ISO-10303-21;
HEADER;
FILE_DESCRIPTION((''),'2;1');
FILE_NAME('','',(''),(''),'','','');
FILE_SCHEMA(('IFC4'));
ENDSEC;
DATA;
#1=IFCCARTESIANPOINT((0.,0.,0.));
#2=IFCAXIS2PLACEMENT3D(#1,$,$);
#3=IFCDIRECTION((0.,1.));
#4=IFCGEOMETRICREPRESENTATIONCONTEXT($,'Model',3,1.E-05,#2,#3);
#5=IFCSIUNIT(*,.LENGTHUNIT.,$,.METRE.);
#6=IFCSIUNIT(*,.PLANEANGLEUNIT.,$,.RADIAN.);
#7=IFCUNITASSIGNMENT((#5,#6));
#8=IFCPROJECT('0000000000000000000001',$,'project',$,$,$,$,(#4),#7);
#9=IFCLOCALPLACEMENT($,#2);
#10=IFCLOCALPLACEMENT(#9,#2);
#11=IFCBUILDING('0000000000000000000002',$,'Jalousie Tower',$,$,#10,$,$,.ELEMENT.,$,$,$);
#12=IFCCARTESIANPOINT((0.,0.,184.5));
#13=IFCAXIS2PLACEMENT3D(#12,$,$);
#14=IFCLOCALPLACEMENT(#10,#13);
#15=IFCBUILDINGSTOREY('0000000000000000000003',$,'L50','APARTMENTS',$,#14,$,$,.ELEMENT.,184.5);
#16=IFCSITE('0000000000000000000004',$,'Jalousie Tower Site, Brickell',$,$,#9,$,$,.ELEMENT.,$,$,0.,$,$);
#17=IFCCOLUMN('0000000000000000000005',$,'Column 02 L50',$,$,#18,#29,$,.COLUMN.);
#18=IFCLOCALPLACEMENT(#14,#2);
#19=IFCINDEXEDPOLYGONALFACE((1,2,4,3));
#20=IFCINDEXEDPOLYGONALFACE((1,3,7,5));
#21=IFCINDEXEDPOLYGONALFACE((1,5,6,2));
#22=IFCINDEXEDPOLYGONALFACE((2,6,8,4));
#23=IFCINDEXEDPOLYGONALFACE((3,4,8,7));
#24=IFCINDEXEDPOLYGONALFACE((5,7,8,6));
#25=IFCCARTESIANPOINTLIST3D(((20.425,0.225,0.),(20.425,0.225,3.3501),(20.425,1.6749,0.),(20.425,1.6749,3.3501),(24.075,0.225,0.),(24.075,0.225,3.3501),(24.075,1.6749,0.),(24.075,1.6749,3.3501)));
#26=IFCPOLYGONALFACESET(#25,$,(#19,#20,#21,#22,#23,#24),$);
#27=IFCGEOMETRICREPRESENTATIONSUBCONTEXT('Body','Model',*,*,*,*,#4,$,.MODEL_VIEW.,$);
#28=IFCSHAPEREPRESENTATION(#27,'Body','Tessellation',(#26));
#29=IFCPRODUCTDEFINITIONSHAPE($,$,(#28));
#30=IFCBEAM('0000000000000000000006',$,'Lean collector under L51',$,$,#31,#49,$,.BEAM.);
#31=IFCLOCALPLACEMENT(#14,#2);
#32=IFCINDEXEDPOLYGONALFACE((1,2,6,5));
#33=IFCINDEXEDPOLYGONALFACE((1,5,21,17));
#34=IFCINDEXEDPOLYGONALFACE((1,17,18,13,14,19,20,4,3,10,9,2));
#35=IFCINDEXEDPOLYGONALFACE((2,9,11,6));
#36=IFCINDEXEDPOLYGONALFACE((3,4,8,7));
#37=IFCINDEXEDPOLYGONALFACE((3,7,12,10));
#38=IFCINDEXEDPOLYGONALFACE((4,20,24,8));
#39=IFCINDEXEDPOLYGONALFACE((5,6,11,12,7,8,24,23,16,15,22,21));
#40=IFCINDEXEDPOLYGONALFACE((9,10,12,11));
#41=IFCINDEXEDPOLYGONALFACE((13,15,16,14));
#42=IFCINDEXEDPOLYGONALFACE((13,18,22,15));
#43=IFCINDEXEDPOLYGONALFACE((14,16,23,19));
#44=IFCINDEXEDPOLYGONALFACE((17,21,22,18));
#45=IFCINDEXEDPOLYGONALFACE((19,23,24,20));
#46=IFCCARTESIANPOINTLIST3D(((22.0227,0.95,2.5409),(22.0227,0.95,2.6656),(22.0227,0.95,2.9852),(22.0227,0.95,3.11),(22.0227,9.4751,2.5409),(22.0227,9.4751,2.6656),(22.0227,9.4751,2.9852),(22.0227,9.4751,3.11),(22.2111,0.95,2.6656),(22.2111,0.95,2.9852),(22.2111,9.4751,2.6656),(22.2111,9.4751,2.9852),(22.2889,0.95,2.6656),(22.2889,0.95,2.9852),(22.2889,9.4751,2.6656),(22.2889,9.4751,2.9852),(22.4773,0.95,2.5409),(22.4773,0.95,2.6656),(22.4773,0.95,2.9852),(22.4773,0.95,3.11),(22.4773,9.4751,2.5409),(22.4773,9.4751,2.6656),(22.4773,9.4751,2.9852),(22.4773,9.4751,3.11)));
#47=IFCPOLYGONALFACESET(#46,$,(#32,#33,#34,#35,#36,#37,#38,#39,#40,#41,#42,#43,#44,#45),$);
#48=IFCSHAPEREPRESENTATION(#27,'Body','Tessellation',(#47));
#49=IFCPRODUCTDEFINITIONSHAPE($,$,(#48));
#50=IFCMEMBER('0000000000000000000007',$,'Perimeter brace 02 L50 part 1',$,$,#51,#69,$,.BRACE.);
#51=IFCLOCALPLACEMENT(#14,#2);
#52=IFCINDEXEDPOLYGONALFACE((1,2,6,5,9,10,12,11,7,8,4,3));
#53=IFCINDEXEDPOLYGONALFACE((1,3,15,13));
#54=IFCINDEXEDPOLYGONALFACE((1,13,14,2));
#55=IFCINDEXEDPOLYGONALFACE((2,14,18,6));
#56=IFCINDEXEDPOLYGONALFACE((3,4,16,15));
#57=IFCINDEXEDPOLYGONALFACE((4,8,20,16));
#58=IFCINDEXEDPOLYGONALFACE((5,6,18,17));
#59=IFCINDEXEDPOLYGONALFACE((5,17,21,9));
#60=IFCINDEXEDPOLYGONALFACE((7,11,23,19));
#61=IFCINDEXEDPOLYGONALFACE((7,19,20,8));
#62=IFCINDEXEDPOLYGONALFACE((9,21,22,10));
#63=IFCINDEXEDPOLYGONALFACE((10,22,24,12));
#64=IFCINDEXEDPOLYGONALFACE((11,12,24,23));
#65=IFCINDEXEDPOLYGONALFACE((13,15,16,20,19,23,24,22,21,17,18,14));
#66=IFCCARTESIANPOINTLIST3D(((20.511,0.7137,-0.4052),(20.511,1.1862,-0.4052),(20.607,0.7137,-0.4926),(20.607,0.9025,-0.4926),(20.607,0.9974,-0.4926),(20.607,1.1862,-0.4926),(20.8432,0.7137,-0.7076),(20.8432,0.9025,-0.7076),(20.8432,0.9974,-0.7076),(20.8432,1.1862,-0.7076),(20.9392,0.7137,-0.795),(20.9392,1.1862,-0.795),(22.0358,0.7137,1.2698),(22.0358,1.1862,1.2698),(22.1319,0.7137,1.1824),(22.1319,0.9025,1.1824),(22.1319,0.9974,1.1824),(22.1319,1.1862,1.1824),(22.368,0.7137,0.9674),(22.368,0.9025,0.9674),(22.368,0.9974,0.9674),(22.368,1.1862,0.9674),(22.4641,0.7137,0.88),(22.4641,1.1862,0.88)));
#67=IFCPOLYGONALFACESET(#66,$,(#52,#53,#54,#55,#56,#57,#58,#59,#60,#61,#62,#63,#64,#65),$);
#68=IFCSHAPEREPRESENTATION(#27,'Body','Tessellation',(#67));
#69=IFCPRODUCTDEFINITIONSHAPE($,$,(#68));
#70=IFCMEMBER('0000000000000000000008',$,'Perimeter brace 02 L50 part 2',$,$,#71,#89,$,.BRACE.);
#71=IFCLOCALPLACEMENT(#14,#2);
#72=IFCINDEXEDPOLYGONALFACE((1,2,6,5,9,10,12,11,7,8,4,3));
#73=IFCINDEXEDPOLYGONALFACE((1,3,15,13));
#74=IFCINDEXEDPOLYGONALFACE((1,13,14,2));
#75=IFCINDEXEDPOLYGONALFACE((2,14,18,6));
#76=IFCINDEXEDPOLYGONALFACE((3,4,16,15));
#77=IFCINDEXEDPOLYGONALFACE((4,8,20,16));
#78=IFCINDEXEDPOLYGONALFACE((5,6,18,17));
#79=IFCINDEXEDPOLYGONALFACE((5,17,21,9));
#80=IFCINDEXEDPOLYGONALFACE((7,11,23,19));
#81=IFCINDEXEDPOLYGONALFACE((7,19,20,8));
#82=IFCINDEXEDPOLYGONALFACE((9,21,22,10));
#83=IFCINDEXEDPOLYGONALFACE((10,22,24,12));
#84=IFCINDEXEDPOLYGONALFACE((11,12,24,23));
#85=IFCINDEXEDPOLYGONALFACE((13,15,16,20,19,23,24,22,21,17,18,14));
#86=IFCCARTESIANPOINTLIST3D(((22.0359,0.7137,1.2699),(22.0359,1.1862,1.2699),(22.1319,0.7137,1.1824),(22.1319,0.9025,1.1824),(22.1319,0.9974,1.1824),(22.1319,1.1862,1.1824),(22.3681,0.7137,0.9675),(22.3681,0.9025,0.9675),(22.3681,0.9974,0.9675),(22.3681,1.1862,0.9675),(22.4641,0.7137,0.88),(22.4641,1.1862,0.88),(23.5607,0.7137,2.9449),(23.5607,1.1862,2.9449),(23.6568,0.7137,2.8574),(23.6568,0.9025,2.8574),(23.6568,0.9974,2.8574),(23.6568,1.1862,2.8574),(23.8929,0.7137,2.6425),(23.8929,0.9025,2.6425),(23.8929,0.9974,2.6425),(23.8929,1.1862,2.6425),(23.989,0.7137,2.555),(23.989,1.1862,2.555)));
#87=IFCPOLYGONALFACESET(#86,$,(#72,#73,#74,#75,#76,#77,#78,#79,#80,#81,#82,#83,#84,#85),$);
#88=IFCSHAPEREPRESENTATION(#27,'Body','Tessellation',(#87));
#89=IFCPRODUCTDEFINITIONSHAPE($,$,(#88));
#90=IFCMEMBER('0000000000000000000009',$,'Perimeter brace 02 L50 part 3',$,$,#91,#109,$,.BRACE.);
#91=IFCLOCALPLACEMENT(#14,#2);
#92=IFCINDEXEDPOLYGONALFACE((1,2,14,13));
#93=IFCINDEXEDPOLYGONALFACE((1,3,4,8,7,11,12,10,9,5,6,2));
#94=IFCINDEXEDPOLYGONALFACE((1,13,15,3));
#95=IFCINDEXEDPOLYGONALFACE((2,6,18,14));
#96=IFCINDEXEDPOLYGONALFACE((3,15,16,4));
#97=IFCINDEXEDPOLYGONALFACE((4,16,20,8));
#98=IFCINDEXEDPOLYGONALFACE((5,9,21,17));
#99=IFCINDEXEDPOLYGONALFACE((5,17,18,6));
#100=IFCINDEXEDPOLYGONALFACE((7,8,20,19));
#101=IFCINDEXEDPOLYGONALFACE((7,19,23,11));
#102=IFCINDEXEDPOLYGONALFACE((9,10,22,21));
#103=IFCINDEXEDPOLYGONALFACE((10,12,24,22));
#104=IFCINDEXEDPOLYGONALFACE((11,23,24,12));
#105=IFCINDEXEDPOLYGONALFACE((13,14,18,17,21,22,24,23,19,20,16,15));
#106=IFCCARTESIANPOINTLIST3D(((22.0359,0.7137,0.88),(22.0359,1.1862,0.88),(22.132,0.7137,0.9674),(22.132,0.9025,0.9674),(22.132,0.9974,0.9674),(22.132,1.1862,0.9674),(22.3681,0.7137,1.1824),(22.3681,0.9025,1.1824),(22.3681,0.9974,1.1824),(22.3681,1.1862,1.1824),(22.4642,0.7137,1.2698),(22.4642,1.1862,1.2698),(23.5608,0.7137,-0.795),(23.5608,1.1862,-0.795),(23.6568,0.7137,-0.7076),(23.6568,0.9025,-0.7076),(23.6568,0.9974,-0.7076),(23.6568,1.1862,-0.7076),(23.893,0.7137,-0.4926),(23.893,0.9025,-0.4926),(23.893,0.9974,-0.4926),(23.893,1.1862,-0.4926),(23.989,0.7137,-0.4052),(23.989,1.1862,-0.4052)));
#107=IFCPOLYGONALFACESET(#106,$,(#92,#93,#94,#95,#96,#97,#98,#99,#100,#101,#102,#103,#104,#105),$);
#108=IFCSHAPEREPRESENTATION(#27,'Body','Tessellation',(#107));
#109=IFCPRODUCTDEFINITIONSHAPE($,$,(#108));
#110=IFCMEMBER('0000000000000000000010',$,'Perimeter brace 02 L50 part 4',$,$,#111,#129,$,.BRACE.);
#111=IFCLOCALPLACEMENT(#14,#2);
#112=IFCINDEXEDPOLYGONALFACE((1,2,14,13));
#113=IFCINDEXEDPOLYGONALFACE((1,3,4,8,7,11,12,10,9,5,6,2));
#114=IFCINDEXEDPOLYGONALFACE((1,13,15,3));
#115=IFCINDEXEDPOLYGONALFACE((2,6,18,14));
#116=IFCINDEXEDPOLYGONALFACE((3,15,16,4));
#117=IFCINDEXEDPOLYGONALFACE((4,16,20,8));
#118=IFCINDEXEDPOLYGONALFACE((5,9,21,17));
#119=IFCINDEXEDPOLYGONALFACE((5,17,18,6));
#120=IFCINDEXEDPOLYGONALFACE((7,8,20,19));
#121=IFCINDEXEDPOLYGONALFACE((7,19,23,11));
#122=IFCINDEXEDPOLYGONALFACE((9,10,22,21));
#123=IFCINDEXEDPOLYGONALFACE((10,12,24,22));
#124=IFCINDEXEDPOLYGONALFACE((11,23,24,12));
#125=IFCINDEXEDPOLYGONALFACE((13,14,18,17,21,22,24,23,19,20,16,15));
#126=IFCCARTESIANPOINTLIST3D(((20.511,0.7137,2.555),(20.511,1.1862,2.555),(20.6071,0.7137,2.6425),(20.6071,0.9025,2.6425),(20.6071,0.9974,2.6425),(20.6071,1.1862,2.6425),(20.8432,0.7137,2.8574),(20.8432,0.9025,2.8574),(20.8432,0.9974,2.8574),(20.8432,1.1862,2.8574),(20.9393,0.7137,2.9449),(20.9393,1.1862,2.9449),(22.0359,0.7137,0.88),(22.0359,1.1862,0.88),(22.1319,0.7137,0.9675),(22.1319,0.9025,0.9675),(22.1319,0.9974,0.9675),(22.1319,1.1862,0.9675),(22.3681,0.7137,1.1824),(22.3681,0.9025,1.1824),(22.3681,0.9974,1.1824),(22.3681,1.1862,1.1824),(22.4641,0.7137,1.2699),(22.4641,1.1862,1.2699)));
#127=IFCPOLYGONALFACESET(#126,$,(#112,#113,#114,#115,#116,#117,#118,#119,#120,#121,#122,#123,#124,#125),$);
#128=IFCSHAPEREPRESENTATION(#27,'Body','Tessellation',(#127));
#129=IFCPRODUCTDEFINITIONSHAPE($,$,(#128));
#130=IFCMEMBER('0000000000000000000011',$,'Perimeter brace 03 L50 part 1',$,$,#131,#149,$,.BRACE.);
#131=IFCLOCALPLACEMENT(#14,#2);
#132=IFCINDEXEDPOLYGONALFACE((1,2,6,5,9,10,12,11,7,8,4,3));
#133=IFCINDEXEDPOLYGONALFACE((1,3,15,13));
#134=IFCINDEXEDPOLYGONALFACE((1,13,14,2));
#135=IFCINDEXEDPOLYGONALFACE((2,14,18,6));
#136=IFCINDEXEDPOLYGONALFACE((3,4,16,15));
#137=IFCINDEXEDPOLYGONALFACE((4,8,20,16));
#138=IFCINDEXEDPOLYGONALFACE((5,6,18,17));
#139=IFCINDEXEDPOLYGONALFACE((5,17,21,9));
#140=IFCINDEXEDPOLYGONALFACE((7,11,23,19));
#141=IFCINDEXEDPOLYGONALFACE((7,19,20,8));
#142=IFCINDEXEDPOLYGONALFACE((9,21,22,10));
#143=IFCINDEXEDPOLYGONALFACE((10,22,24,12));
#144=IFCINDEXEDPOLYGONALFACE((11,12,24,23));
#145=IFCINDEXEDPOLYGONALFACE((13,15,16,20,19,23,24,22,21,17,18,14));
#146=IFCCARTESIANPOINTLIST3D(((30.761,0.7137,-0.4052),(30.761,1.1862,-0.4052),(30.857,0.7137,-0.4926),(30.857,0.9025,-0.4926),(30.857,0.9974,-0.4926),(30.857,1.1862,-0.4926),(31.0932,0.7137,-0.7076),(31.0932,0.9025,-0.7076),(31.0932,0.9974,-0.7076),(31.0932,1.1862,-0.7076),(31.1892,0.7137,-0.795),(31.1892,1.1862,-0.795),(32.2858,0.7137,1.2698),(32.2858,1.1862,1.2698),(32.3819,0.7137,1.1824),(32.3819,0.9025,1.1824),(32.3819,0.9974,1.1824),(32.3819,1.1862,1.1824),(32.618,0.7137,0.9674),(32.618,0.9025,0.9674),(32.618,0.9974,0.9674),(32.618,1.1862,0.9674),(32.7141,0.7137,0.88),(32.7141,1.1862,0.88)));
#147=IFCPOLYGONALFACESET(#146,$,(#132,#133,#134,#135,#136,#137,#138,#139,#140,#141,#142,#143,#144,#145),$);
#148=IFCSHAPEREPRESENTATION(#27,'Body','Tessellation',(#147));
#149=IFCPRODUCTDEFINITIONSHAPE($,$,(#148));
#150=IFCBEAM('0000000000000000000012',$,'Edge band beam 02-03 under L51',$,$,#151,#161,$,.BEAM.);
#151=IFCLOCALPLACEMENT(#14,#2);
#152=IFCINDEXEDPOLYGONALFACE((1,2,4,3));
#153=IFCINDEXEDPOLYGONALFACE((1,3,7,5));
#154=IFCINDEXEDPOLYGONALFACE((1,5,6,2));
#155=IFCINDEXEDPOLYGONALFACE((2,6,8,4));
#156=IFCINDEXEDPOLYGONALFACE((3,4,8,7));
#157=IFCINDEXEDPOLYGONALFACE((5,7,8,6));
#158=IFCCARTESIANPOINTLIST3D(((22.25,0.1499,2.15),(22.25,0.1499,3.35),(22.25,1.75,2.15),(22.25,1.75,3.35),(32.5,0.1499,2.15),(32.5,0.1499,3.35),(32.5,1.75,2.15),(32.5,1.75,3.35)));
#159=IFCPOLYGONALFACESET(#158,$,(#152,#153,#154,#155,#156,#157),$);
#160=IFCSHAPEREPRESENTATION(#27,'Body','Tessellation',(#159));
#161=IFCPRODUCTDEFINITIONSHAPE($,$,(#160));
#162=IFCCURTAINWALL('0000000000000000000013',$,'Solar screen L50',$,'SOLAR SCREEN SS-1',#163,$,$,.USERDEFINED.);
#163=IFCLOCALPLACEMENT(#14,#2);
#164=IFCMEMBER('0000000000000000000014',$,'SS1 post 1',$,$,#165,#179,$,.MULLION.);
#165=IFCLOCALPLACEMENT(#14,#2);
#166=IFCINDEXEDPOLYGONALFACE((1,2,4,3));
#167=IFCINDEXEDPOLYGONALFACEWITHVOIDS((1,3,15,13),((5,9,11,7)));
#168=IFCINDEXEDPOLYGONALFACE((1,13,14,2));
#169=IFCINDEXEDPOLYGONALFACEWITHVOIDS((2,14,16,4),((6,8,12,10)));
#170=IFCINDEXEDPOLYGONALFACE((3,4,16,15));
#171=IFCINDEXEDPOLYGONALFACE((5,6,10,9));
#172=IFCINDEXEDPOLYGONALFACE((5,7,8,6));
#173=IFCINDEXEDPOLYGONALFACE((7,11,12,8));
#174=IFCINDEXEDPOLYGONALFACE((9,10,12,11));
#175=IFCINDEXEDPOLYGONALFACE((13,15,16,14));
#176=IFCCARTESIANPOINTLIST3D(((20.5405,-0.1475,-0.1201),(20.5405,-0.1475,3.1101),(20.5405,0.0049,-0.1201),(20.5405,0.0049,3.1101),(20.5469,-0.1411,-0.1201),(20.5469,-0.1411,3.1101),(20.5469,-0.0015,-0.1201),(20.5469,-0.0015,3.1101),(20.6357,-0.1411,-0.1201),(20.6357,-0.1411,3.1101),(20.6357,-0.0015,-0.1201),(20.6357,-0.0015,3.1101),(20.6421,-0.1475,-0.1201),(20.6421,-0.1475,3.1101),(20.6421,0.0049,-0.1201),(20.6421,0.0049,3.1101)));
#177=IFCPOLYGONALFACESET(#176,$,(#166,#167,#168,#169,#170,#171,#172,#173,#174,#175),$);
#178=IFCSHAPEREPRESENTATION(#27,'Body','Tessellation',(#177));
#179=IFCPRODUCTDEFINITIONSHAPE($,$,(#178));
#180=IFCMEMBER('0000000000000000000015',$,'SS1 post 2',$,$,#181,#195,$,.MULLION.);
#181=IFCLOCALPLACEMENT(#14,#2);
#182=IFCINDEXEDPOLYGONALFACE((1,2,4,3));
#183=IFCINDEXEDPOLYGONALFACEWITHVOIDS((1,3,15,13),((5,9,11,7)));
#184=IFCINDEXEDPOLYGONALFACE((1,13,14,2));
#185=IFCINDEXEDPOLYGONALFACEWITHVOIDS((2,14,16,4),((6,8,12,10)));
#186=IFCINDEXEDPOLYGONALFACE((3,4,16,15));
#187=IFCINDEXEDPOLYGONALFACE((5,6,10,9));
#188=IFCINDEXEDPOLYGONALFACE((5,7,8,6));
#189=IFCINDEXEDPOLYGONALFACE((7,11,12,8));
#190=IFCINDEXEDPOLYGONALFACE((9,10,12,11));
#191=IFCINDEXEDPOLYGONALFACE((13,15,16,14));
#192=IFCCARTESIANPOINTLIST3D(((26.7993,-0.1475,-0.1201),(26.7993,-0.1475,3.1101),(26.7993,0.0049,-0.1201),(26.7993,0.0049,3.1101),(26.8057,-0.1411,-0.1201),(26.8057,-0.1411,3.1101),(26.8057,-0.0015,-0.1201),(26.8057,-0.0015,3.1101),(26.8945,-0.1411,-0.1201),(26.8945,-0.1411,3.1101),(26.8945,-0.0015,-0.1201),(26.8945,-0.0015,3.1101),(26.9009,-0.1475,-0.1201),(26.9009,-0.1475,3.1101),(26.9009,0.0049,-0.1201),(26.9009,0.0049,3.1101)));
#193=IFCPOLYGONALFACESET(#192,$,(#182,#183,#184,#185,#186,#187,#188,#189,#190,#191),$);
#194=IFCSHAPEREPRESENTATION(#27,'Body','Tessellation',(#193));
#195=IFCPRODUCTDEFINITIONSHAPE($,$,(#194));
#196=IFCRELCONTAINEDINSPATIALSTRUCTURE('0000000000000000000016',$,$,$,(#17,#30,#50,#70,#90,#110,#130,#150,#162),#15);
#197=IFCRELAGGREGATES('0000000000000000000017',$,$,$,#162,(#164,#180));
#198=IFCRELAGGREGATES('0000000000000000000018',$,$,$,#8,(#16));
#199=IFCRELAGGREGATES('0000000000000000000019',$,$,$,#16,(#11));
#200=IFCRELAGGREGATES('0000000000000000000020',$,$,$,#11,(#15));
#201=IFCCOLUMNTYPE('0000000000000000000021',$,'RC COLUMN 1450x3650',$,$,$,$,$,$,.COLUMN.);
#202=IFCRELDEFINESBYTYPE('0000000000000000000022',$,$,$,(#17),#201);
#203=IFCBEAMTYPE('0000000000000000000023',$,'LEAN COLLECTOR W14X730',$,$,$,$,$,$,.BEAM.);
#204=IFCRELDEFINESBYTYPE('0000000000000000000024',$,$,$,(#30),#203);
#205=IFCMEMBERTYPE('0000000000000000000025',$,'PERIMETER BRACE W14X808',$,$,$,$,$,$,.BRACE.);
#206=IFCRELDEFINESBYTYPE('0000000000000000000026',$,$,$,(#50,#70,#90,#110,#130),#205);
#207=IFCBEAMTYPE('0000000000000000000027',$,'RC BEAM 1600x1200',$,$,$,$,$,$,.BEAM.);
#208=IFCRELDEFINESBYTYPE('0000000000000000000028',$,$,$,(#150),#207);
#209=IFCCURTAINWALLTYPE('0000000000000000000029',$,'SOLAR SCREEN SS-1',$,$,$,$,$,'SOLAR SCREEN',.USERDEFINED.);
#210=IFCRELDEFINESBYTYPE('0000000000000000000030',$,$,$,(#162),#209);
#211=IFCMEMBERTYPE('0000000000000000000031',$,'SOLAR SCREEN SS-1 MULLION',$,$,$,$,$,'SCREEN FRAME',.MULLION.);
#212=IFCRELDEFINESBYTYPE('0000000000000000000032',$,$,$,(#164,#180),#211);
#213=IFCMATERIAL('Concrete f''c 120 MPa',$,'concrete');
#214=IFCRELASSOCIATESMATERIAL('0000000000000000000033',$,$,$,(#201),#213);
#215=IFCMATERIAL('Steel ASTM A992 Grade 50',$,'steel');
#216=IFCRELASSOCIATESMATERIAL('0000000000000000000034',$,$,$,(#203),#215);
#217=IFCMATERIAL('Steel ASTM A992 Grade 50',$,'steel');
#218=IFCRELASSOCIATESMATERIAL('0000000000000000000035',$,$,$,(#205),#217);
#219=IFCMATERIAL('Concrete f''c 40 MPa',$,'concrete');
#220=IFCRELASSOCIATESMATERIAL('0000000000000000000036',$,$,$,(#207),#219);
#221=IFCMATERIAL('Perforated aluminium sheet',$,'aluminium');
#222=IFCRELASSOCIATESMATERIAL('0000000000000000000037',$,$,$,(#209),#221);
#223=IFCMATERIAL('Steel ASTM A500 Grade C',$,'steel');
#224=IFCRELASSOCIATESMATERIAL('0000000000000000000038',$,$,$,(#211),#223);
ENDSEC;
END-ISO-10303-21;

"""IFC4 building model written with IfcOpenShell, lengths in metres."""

from ifc_helpers import new_model, si_unit, direction, frame, origin, origin_2d, place, context, subcontext, project, spatial, rectangle, hollow_rectangle, i_section, extrude, material, material_profile, profile_set, type_object, element, aggregate, save


model = new_model("IFC4")

# Units and contexts
model_context = context("Model", 3, precision=1e-05, world=origin(), true_north=direction((0.0, 1.0)))
body_context = subcontext(model_context, "Body", "Model", "MODEL_VIEW")
ifc_project = project(units=[si_unit("LENGTHUNIT", "METRE"), si_unit("PLANEANGLEUNIT", "RADIAN")], contexts=[model_context])

# Site, building, storey
site_placement = place(None, origin())
site = spatial("IfcSite", under=ifc_project, at=site_placement, Name="Jalousie Tower Site, Brickell", CompositionType="ELEMENT", RefElevation=0.0)
building_placement = place(site_placement, origin())
building = spatial("IfcBuilding", under=site, at=building_placement, Name="Jalousie Tower", CompositionType="ELEMENT")
storey_placement = place(building_placement, frame((0.0, 0.0, 184.5)))
storey = spatial("IfcBuildingStorey", under=building, at=storey_placement, Name="L50", Description="APARTMENTS", CompositionType="ELEMENT", Elevation=184.5)

# Column
ifc_material_1 = material(Name="Concrete f'c 120 MPa", Category="concrete")
ifc_material_profile_1 = material_profile(ifc_material_1, rectangle(XDim=1.45, YDim=3.6499, at=origin_2d()), Name="RC 1450x3650")
ifc_profile_set_1 = profile_set([ifc_material_profile_1], Name="Concrete f'c 120 MPa")
column_type = type_object("IfcColumnType", Name="RC COLUMN 1450x3650", PredefinedType="COLUMN", material=ifc_profile_set_1)
column_placement = place(storey_placement, frame((22.25, 0.95, 0.0), z_axis=(0.0, 0.0, 1.0), x_axis=(0.0, 1.0, 0.0)))
element("IfcColumn", 1, at=column_placement, inside=storey, type_object=column_type, Name="Column 02 L50", PredefinedType="COLUMN", context=body_context, shape_type="SweptSolid", body=[
    extrude(rectangle(XDim=1.45, YDim=3.6499, at=origin_2d()), origin(), (0.0, 0.0, 1.0), 3.3501),
])

# Beam
ifc_material_2 = material(Name="Steel ASTM A992 Grade 50", Category="steel")
ifc_material_profile_2 = material_profile(ifc_material_2, i_section(OverallWidth=0.4546, OverallDepth=0.5691, WebThickness=0.0779, FlangeThickness=0.1248, at=origin_2d()), Name="W14X730")
ifc_profile_set_2 = profile_set([ifc_material_profile_2], Name="Steel ASTM A992 Grade 50")
beam_type_1 = type_object("IfcBeamType", Name="LEAN COLLECTOR W14X730", PredefinedType="BEAM", material=ifc_profile_set_2)
beam_1_placement = place(storey_placement, frame((22.25, 0.95, 2.8254), z_axis=(0.0, 1.0, 0.0), x_axis=(-1.0, 0.0, 0.0)))
element("IfcBeam", 2, at=beam_1_placement, inside=storey, type_object=beam_type_1, Name="Lean collector under L51", PredefinedType="BEAM", context=body_context, shape_type="SweptSolid", body=[
    extrude(i_section(OverallWidth=0.4546, OverallDepth=0.5691, WebThickness=0.0779, FlangeThickness=0.1248, at=origin_2d()), origin(), (0.0, 0.0, 1.0), 8.5251),
])

# Members
ifc_material_3 = material(Name="Steel ASTM A992 Grade 50", Category="steel")
ifc_material_profile_3 = material_profile(ifc_material_3, i_section(OverallWidth=0.4724, OverallDepth=0.5791, WebThickness=0.095, FlangeThickness=0.1299, at=origin_2d()), Name="W14X808")
ifc_profile_set_3 = profile_set([ifc_material_profile_3], Name="Steel ASTM A992 Grade 50")
member_type_1 = type_object("IfcMemberType", Name="PERIMETER BRACE W14X808", PredefinedType="BRACE", material=ifc_profile_set_3)
for number, where, z_axis, x_axis, name in (
    (3, (20.7251, 0.95, -0.6001), (0.673188, 0.0, 0.739472), (0.0, 1.0, 0.0), "Perimeter brace 02 L50 part 1"),
    (4, (22.25, 0.95, 1.075), (0.673188, 0.0, 0.739472), (0.0, 1.0, 0.0), "Perimeter brace 02 L50 part 2"),
    (5, (23.7749, 0.95, -0.6001), (-0.673188, 0.0, 0.739472), (0.0, -1.0, 0.0), "Perimeter brace 02 L50 part 3"),
    (6, (22.25, 0.95, 1.075), (-0.673188, 0.0, 0.739472), (0.0, -1.0, 0.0), "Perimeter brace 02 L50 part 4"),
    (7, (30.9751, 0.95, -0.6001), (0.673188, 0.0, 0.739472), (0.0, 1.0, 0.0), "Perimeter brace 03 L50 part 1"),
):
    element("IfcMember", number, at=place(storey_placement, frame(where, z_axis=z_axis, x_axis=x_axis)), inside=storey, type_object=member_type_1, Name=name, PredefinedType="BRACE", context=body_context, shape_type="SweptSolid", body=[
        extrude(i_section(OverallWidth=0.4724, OverallDepth=0.5791, WebThickness=0.095, FlangeThickness=0.1299, at=origin_2d()), origin(), (0.0, 0.0, 1.0), 2.2651),
    ])

# Beam
ifc_material_4 = material(Name="Concrete f'c 40 MPa", Category="concrete")
ifc_material_profile_4 = material_profile(ifc_material_4, rectangle(XDim=1.6001, YDim=1.2, at=origin_2d()), Name="RC 1600x1200")
ifc_profile_set_4 = profile_set([ifc_material_profile_4], Name="Concrete f'c 40 MPa")
beam_type_2 = type_object("IfcBeamType", Name="RC BEAM 1600x1200", PredefinedType="BEAM", material=ifc_profile_set_4)
beam_2_placement = place(storey_placement, frame((22.25, 0.95, 2.75), z_axis=(1.0, 0.0, 0.0), x_axis=(0.0, 1.0, 0.0)))
element("IfcBeam", 8, at=beam_2_placement, inside=storey, type_object=beam_type_2, Name="Edge band beam 02-03 under L51", PredefinedType="BEAM", context=body_context, shape_type="SweptSolid", body=[
    extrude(rectangle(XDim=1.6001, YDim=1.2, at=origin_2d()), origin(), (0.0, 0.0, 1.0), 10.25),
])

# Curtain wall, members
ifc_material_5 = material(Name="Perforated aluminium sheet", Category="aluminium")
curtain_wall_type = type_object("IfcCurtainWallType", Name="SOLAR SCREEN SS-1", ElementType="SOLAR SCREEN", PredefinedType="USERDEFINED", material=ifc_material_5)
curtain_wall_placement = place(storey_placement, origin())
curtain_wall = element("IfcCurtainWall", 9, at=curtain_wall_placement, inside=storey, type_object=curtain_wall_type, Name="Solar screen L50", ObjectType="SOLAR SCREEN SS-1", PredefinedType="USERDEFINED")
ifc_material_6 = material(Name="Steel ASTM A500 Grade C", Category="steel")
ifc_material_profile_5 = material_profile(ifc_material_6, hollow_rectangle(XDim=0.1016, YDim=0.1523, WallThickness=0.0063, at=origin_2d()), Name="HSS6X4X1/4")
ifc_profile_set_5 = profile_set([ifc_material_profile_5], Name="Steel ASTM A500 Grade C")
member_type_2 = type_object("IfcMemberType", Name="SOLAR SCREEN SS-1 MULLION", ElementType="SCREEN FRAME", PredefinedType="MULLION", material=ifc_profile_set_5)
member_1_placement = place(storey_placement, frame((20.5913, -0.0713, -0.1201), z_axis=(0.0, 0.0, 1.0), x_axis=(1.0, 0.0, 0.0)))
member_1 = element("IfcMember", 10, at=member_1_placement, type_object=member_type_2, Name="SS1 post 1", PredefinedType="MULLION", context=body_context, shape_type="SweptSolid", body=[
    extrude(hollow_rectangle(XDim=0.1016, YDim=0.1523, WallThickness=0.0063, at=origin_2d()), origin(), (0.0, 0.0, 1.0), 3.2302),
])
member_2_placement = place(storey_placement, frame((26.8501, -0.0713, -0.1201), z_axis=(0.0, 0.0, 1.0), x_axis=(1.0, 0.0, 0.0)))
member_2 = element("IfcMember", 11, at=member_2_placement, type_object=member_type_2, Name="SS1 post 2", PredefinedType="MULLION", context=body_context, shape_type="SweptSolid", body=[
    extrude(hollow_rectangle(XDim=0.1016, YDim=0.1523, WallThickness=0.0063, at=origin_2d()), origin(), (0.0, 0.0, 1.0), 3.2302),
])
aggregate(curtain_wall, [member_1, member_2])

save(model, "model.ifc")
